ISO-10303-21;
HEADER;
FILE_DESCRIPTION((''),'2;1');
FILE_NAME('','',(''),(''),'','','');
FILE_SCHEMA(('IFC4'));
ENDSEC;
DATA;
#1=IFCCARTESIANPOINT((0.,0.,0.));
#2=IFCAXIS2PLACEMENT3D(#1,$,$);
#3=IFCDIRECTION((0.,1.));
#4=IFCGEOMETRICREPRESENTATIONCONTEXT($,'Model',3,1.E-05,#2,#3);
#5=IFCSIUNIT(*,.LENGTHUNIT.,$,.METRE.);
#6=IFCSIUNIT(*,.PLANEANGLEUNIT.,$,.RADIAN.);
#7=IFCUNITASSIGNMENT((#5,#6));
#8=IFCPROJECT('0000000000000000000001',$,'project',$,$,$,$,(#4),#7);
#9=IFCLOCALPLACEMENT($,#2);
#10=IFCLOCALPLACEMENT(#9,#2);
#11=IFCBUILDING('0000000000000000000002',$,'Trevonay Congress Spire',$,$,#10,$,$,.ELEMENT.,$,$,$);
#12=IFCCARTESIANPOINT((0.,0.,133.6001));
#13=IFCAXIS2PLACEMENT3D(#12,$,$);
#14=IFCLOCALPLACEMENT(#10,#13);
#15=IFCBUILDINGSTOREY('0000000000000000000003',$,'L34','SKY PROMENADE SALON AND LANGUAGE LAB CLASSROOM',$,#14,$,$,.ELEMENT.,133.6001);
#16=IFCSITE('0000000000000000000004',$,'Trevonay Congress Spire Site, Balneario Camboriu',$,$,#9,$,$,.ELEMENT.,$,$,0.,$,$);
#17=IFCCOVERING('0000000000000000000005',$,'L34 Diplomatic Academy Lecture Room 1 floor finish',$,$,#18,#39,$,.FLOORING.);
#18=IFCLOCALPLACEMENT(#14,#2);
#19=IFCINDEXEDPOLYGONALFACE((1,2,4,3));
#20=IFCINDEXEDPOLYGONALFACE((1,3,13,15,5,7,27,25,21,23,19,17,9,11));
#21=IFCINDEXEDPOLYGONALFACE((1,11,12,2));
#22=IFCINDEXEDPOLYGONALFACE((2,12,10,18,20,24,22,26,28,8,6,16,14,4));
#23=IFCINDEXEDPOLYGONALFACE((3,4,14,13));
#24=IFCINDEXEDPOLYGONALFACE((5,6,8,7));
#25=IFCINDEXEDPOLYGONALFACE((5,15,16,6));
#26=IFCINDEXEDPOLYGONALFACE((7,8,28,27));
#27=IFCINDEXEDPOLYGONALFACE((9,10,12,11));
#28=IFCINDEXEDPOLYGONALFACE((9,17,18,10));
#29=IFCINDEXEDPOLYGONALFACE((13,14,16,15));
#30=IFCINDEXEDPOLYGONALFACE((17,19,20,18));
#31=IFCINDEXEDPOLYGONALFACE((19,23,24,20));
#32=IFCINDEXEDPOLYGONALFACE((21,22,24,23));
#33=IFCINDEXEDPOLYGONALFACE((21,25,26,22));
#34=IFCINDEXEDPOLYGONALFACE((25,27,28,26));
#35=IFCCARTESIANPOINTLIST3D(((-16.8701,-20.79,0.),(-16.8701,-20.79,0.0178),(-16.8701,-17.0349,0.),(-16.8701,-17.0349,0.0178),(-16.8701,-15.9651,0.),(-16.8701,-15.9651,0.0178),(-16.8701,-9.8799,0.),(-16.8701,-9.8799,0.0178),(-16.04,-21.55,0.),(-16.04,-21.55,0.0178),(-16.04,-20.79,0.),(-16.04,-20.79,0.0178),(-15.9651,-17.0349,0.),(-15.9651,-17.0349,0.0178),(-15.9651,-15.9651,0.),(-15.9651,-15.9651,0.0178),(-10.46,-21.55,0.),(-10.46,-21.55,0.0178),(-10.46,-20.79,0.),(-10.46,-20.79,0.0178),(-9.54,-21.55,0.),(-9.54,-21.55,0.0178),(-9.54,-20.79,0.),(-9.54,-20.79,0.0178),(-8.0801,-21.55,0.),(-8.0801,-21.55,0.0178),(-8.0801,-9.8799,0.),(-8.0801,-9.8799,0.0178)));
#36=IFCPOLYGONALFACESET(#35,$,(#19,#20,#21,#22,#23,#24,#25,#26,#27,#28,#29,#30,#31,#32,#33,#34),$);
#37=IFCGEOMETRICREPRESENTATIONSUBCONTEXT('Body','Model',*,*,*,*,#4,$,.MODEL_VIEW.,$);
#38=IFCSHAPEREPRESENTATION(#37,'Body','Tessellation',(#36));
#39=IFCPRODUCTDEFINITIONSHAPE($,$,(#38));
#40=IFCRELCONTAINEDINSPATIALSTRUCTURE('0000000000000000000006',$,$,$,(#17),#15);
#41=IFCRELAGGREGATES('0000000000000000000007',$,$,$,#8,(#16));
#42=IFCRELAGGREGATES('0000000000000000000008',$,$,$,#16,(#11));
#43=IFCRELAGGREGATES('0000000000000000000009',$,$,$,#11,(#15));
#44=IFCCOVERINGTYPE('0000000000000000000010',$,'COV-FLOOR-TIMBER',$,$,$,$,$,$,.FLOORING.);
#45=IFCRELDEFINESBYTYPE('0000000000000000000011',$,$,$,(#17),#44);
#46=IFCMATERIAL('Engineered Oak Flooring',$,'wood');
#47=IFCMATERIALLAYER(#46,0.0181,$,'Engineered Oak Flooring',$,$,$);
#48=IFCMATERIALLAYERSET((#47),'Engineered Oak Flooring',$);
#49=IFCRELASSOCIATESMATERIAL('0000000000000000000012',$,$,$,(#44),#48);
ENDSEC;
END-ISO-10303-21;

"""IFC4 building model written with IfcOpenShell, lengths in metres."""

from ifc_helpers import new_model, si_unit, direction, frame, origin, place, context, subcontext, project, spatial, polyline, outline, extrude, material, layer, layer_set, type_object, element, save


model = new_model("IFC4")

# Units and contexts
model_context = context("Model", 3, precision=1e-05, world=origin(), true_north=direction((0.0, 1.0)))
body_context = subcontext(model_context, "Body", "Model", "MODEL_VIEW")
ifc_project = project(units=[si_unit("LENGTHUNIT", "METRE"), si_unit("PLANEANGLEUNIT", "RADIAN")], contexts=[model_context])

# Site, building, storey
site_placement = place(None, origin())
site = spatial("IfcSite", under=ifc_project, at=site_placement, Name="Trevonay Congress Spire Site, Balneario Camboriu", CompositionType="ELEMENT", RefElevation=0.0)
building_placement = place(site_placement, origin())
building = spatial("IfcBuilding", under=site, at=building_placement, Name="Trevonay Congress Spire", CompositionType="ELEMENT")
storey_placement = place(building_placement, frame((0.0, 0.0, 133.6001)))
storey = spatial("IfcBuildingStorey", under=building, at=storey_placement, Name="L34", Description="SKY PROMENADE SALON AND LANGUAGE LAB CLASSROOM", CompositionType="ELEMENT", Elevation=133.6001)

# Covering
ifc_material_1 = material(Name="Engineered Oak Flooring", Category="wood")
ifc_layer_1 = layer(ifc_material_1, 0.0181, Name="Engineered Oak Flooring")
ifc_layer_set_1 = layer_set([ifc_layer_1], Name="Engineered Oak Flooring")
covering_type_1 = type_object("IfcCoveringType", Name="COV-FLOOR-TIMBER", PredefinedType="FLOORING", material=ifc_layer_set_1)
covering_1_placement = place(storey_placement, origin())
element("IfcCovering", 1, at=covering_1_placement, inside=storey, type_object=covering_type_1, Name="L34 Diplomatic Academy Lecture Room 1 floor finish", PredefinedType="FLOORING", context=body_context, shape_type="SweptSolid", body=[
    extrude(outline(polyline([(-16.04, -21.55), (-16.04, -20.79), (-16.8701, -20.79), (-16.8701, -17.0349), (-15.9651, -17.0349), (-15.9651, -15.9651), (-16.8701, -15.9651), (-16.8701, -9.8799), (-8.0801, -9.8799), (-8.0801, -21.55), (-9.54, -21.55), (-9.54, -20.79), (-10.46, -20.79), (-10.46, -21.55), (-16.04, -21.55)])), origin(), (0.0, 0.0, 1.0), 0.0178),
])

save(model, "model.ifc")
